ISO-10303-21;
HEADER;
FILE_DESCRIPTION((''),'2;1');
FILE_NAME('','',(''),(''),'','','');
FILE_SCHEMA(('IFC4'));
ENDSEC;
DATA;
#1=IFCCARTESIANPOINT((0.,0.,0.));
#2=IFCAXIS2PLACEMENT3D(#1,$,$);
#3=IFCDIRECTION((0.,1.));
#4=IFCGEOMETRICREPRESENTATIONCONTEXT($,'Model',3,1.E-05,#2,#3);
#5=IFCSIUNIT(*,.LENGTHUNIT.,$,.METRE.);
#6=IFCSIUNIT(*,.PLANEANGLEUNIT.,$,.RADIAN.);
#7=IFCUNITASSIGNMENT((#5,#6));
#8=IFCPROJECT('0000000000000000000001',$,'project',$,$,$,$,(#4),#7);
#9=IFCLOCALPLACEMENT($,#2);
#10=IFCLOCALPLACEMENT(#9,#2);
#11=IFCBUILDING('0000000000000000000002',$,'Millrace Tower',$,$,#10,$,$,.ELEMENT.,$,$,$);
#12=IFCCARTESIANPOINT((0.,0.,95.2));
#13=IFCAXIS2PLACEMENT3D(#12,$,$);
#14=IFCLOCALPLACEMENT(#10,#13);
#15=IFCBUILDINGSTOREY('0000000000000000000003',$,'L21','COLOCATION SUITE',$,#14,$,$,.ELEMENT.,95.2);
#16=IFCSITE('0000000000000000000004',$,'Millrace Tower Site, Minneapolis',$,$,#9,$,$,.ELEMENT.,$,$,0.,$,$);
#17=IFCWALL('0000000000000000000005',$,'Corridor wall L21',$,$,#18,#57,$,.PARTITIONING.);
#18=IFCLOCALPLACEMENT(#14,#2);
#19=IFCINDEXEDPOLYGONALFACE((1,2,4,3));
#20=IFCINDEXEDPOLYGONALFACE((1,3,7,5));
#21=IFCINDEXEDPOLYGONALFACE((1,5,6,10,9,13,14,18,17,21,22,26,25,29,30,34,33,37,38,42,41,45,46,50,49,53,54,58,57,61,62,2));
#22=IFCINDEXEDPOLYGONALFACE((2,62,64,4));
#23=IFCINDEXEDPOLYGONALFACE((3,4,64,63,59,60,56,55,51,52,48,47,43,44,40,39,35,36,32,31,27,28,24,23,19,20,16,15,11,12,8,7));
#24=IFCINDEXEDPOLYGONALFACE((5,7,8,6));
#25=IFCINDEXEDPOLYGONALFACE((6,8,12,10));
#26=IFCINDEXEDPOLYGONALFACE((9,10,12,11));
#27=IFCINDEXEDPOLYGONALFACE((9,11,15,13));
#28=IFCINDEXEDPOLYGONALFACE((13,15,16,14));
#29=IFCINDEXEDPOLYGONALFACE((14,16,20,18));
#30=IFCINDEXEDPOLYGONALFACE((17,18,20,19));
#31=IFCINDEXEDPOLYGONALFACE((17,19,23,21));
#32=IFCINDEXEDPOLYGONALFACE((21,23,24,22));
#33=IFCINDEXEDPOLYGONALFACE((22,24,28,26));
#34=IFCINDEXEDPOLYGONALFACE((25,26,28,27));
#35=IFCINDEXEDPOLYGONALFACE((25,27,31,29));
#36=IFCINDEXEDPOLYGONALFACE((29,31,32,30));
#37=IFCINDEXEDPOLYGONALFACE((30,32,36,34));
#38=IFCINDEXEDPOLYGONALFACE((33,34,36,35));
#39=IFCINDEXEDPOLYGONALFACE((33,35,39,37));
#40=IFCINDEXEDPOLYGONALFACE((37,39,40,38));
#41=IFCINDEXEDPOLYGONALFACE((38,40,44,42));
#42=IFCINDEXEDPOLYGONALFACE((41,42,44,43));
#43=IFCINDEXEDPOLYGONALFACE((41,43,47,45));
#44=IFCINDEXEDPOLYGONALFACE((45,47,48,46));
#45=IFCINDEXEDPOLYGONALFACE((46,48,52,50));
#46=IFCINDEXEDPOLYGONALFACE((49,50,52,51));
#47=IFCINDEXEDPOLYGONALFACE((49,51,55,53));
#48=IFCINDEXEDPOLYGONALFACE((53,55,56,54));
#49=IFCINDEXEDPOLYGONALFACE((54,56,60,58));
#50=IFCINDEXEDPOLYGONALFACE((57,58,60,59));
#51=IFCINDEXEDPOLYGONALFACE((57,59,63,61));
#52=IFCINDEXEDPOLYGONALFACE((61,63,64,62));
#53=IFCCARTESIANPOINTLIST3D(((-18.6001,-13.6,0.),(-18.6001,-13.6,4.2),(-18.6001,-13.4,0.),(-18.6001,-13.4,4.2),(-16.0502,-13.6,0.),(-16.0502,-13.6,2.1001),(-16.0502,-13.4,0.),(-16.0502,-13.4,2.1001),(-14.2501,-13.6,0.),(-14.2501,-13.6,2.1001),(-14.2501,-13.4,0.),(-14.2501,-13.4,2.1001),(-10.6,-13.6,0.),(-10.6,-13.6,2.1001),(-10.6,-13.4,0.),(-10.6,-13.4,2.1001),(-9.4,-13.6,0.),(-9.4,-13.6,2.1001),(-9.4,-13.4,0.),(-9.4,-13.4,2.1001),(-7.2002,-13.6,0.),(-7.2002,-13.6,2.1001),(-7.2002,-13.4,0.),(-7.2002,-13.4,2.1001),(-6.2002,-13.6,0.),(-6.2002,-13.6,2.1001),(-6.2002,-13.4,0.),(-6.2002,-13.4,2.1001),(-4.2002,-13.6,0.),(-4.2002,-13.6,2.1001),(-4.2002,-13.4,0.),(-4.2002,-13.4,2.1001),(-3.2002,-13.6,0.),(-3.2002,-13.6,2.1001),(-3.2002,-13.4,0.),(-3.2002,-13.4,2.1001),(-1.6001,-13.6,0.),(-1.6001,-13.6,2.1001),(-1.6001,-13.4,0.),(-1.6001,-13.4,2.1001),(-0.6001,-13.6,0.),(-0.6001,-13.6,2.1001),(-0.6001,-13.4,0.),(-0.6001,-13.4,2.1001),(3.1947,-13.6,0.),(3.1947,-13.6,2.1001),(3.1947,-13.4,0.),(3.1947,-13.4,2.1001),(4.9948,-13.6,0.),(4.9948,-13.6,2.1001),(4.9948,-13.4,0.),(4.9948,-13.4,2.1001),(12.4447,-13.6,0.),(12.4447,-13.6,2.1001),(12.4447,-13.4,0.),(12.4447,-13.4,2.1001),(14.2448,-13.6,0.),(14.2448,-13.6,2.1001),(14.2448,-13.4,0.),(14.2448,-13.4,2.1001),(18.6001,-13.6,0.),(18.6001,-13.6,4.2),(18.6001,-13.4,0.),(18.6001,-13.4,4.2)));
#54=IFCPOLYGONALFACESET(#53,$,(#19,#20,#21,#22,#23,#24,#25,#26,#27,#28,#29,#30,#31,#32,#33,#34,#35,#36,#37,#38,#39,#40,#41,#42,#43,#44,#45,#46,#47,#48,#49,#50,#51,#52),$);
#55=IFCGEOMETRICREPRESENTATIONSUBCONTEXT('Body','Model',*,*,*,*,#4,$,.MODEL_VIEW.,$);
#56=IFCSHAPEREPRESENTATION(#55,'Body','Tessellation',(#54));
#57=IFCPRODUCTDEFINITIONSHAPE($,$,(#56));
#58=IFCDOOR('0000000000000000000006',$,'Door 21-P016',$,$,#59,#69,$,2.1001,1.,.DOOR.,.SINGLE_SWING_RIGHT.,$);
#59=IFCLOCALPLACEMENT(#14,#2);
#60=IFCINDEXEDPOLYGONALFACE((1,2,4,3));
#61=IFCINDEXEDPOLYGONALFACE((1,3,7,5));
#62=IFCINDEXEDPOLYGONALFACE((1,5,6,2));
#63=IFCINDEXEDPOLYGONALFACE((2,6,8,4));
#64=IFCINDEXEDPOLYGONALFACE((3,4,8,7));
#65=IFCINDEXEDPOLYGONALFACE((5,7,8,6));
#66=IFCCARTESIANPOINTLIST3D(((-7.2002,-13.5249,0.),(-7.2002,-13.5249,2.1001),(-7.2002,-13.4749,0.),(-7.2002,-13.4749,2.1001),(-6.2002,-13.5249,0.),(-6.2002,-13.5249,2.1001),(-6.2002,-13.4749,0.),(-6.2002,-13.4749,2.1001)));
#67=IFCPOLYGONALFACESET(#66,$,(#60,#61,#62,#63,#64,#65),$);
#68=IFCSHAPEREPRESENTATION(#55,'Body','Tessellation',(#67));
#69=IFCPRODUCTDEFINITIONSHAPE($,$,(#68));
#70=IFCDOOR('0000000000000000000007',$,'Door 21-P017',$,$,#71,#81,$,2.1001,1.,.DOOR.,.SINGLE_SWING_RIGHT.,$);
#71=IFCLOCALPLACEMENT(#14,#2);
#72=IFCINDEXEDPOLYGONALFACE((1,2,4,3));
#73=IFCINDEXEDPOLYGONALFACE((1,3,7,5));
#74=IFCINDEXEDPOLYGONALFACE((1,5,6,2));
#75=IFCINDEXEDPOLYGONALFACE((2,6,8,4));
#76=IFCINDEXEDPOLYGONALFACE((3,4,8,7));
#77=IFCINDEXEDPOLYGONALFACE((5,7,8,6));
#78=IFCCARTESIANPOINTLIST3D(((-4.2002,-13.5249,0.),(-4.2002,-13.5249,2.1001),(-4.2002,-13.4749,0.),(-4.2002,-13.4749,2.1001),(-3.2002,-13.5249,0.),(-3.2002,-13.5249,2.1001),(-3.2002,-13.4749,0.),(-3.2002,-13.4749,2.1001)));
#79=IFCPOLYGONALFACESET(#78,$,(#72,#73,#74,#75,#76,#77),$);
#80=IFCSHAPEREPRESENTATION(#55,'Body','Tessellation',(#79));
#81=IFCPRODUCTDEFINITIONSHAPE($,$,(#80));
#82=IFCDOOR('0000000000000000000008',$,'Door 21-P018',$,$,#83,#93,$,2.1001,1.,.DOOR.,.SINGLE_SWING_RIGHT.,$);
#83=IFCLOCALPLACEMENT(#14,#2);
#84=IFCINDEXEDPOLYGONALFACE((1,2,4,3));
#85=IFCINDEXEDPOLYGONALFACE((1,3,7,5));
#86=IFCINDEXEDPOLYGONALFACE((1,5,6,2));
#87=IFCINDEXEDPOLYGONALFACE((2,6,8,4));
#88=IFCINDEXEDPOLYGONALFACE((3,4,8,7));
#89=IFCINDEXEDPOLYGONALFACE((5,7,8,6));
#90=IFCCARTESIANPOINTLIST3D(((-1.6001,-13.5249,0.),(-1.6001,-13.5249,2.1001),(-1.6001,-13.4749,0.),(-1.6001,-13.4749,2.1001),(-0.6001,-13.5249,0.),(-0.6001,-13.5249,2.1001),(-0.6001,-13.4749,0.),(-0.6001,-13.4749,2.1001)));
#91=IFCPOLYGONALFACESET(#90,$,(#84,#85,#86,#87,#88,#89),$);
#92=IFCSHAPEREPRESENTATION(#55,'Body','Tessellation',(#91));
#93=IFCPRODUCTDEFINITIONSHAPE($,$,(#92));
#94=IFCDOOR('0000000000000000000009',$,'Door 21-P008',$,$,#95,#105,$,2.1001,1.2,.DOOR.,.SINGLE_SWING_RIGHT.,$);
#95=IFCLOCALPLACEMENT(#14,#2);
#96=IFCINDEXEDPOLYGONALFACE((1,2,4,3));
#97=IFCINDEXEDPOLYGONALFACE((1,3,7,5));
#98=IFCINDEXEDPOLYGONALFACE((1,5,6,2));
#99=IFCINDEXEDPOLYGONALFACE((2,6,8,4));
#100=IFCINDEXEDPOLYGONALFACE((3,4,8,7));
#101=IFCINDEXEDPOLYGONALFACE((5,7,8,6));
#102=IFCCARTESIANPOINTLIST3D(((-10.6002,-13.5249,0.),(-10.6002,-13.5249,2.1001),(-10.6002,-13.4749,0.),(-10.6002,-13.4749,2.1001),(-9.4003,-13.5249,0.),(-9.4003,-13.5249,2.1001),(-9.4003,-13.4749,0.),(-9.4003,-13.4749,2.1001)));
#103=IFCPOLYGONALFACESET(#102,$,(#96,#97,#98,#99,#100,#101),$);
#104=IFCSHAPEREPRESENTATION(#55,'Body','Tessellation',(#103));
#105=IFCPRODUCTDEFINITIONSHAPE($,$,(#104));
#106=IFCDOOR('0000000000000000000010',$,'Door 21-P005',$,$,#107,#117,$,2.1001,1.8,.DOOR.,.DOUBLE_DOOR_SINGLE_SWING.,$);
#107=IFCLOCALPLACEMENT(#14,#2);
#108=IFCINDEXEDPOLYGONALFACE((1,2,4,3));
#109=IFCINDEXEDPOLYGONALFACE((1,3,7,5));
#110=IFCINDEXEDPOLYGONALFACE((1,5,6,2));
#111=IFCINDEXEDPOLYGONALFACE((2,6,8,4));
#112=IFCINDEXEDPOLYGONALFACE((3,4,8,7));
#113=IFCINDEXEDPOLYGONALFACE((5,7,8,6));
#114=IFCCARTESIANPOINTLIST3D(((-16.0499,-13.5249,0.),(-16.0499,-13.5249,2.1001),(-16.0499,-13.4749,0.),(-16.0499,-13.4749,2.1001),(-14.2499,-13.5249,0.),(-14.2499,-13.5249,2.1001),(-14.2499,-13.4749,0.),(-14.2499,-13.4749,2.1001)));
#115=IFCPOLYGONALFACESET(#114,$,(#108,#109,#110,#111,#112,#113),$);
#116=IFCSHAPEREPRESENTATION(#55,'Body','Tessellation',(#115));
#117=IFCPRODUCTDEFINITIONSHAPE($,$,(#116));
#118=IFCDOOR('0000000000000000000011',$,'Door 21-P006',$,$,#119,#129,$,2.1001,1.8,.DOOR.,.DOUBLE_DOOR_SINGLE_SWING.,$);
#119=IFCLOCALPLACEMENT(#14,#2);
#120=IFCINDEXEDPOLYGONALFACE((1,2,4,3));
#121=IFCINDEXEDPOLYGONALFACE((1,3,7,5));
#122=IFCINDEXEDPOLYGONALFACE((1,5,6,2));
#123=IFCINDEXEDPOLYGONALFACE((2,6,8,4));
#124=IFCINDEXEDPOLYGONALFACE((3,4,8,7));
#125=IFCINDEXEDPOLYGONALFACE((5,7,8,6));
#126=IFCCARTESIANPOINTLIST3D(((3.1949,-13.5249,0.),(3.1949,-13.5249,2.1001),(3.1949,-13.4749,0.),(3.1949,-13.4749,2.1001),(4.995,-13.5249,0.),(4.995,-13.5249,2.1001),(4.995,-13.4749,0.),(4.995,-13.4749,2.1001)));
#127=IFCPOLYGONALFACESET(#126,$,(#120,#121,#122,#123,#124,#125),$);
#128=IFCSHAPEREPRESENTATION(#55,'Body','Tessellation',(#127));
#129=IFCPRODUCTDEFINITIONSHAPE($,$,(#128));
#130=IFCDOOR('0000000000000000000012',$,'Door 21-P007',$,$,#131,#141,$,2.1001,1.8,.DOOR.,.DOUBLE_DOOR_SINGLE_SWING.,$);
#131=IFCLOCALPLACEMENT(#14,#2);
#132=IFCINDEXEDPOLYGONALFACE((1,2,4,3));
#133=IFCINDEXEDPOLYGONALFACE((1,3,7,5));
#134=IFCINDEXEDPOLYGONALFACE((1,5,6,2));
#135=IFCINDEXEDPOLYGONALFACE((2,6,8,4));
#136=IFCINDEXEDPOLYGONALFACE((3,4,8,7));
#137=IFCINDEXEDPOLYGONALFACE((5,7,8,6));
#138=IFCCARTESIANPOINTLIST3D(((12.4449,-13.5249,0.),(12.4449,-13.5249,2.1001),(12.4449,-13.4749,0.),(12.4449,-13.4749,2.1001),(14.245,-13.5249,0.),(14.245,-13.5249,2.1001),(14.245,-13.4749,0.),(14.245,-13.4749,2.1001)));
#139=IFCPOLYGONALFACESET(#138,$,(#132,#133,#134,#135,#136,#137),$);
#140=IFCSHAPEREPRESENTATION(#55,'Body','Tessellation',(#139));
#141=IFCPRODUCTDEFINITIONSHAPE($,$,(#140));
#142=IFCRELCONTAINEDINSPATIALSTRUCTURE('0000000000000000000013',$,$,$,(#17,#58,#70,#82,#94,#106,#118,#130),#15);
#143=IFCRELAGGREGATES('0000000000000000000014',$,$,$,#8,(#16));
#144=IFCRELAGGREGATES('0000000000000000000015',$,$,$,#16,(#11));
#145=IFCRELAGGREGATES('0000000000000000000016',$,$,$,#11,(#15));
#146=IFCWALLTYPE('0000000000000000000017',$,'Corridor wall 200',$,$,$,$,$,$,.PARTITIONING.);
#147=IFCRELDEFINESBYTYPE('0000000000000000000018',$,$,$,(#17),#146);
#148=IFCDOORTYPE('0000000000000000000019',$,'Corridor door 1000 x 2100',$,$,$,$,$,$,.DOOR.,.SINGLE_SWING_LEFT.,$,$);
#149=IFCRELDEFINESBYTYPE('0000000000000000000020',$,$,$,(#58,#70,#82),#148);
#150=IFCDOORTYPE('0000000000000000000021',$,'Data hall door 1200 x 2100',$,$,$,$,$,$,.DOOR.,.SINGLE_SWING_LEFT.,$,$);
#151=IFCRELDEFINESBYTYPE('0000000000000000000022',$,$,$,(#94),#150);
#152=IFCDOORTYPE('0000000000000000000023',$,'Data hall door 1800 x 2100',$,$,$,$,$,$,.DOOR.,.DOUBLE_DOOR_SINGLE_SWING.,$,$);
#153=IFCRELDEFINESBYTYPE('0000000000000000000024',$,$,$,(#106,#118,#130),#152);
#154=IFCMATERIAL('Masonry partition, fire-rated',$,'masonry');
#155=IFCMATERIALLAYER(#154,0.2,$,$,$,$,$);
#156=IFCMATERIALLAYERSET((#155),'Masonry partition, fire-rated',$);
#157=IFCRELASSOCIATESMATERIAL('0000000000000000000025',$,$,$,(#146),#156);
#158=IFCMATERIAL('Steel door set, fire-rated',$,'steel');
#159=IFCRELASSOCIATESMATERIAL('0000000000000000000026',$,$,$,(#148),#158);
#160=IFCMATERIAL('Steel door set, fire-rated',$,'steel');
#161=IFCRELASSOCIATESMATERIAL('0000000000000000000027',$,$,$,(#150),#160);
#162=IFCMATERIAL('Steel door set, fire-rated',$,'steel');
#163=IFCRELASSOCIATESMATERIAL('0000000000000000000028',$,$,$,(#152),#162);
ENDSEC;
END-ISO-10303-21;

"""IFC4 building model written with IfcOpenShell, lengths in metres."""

from ifc_helpers import new_model, si_unit, direction, frame, frame_2d, origin, place, context, subcontext, project, spatial, rectangle, extrude, material, layer, layer_set, type_object, element, fill, save


model = new_model("IFC4")

# Units and contexts
model_context = context("Model", 3, precision=1e-05, world=origin(), true_north=direction((0.0, 1.0)))
body_context = subcontext(model_context, "Body", "Model", "MODEL_VIEW")
ifc_project = project(units=[si_unit("LENGTHUNIT", "METRE"), si_unit("PLANEANGLEUNIT", "RADIAN")], contexts=[model_context])

# Site, building, storey
site_placement = place(None, origin())
site = spatial("IfcSite", under=ifc_project, at=site_placement, Name="Millrace Tower Site, Minneapolis", CompositionType="ELEMENT", RefElevation=0.0)
building_placement = place(site_placement, origin())
building = spatial("IfcBuilding", under=site, at=building_placement, Name="Millrace Tower", CompositionType="ELEMENT")
storey_placement = place(building_placement, frame((0.0, 0.0, 95.2)))
storey = spatial("IfcBuildingStorey", under=building, at=storey_placement, Name="L21", Description="COLOCATION SUITE", CompositionType="ELEMENT", Elevation=95.2)

# Wall, openings, doors
ifc_material_1 = material(Name="Masonry partition, fire-rated", Category="masonry")
ifc_layer_1 = layer(ifc_material_1, 0.2)
ifc_layer_set_1 = layer_set([ifc_layer_1], Name="Masonry partition, fire-rated")
wall_type = type_object("IfcWallType", Name="Corridor wall 200", PredefinedType="PARTITIONING", material=ifc_layer_set_1)
wall_placement = place(storey_placement, frame((-18.6001, -13.5, 0.0), z_axis=(0.0, 0.0, 1.0), x_axis=(1.0, 0.0, 0.0)))
wall = element("IfcWall", 1, at=wall_placement, inside=storey, type_object=wall_type, Name="Corridor wall L21", PredefinedType="PARTITIONING", context=body_context, shape_type="SweptSolid", body=[
    extrude(rectangle(XDim=37.2002, YDim=0.2, at=frame_2d((18.6001, 0.0))), origin(), (0.0, 0.0, 1.0), 4.2),
])
opening_1_placement = place(wall_placement, frame((2.55, 0.0, 0.0)))
opening_1 = element("IfcOpeningElement", 2, at=opening_1_placement, cuts=wall, PredefinedType="OPENING", context=body_context, shape_type="SweptSolid", body=[
    extrude(rectangle(XDim=1.8, YDim=2.1001, at=frame_2d((0.8999, 1.05))), frame((0.0, 0.1099, 0.0), z_axis=(0.0, -1.0, 0.0), x_axis=(1.0, 0.0, 0.0)), (0.0, 0.0, 1.0), 0.22),
])
opening_2_placement = place(wall_placement, frame((21.7949, 0.0, 0.0)))
opening_2 = element("IfcOpeningElement", 3, at=opening_2_placement, cuts=wall, PredefinedType="OPENING", context=body_context, shape_type="SweptSolid", body=[
    extrude(rectangle(XDim=1.8, YDim=2.1001, at=frame_2d((0.8999, 1.05))), frame((0.0, 0.1099, 0.0), z_axis=(0.0, -1.0, 0.0), x_axis=(1.0, 0.0, 0.0)), (0.0, 0.0, 1.0), 0.22),
])
opening_3_placement = place(wall_placement, frame((31.0449, 0.0, 0.0)))
opening_3 = element("IfcOpeningElement", 4, at=opening_3_placement, cuts=wall, PredefinedType="OPENING", context=body_context, shape_type="SweptSolid", body=[
    extrude(rectangle(XDim=1.8, YDim=2.1001, at=frame_2d((0.8999, 1.05))), frame((0.0, 0.1099, 0.0), z_axis=(0.0, -1.0, 0.0), x_axis=(1.0, 0.0, 0.0)), (0.0, 0.0, 1.0), 0.22),
])
opening_4_placement = place(wall_placement, frame((8.0, 0.0, 0.0)))
opening_4 = element("IfcOpeningElement", 5, at=opening_4_placement, cuts=wall, PredefinedType="OPENING", context=body_context, shape_type="SweptSolid", body=[
    extrude(rectangle(XDim=1.2, YDim=2.1001, at=frame_2d((0.6001, 1.05))), frame((0.0, 0.1099, 0.0), z_axis=(0.0, -1.0, 0.0), x_axis=(1.0, 0.0, 0.0)), (0.0, 0.0, 1.0), 0.22),
])
opening_5_placement = place(wall_placement, frame((11.3999, 0.0, 0.0)))
opening_5 = element("IfcOpeningElement", 6, at=opening_5_placement, cuts=wall, PredefinedType="OPENING", context=body_context, shape_type="SweptSolid", body=[
    extrude(rectangle(XDim=1.0, YDim=2.1001, at=frame_2d((0.5, 1.05))), frame((0.0, 0.1099, 0.0), z_axis=(0.0, -1.0, 0.0), x_axis=(1.0, 0.0, 0.0)), (0.0, 0.0, 1.0), 0.22),
])
opening_6_placement = place(wall_placement, frame((14.3999, 0.0, 0.0)))
opening_6 = element("IfcOpeningElement", 7, at=opening_6_placement, cuts=wall, PredefinedType="OPENING", context=body_context, shape_type="SweptSolid", body=[
    extrude(rectangle(XDim=1.0, YDim=2.1001, at=frame_2d((0.5, 1.05))), frame((0.0, 0.1099, 0.0), z_axis=(0.0, -1.0, 0.0), x_axis=(1.0, 0.0, 0.0)), (0.0, 0.0, 1.0), 0.22),
])
opening_7_placement = place(wall_placement, frame((17.0, 0.0, 0.0)))
opening_7 = element("IfcOpeningElement", 8, at=opening_7_placement, cuts=wall, PredefinedType="OPENING", context=body_context, shape_type="SweptSolid", body=[
    extrude(rectangle(XDim=1.0, YDim=2.1001, at=frame_2d((0.5, 1.05))), frame((0.0, 0.1099, 0.0), z_axis=(0.0, -1.0, 0.0), x_axis=(1.0, 0.0, 0.0)), (0.0, 0.0, 1.0), 0.22),
])
ifc_material_2 = material(Name="Steel door set, fire-rated", Category="steel")
door_type_1 = type_object("IfcDoorType", Name="Corridor door 1000 x 2100", OperationType="SINGLE_SWING_LEFT", PredefinedType="DOOR", material=ifc_material_2)
door_1_placement = place(opening_5_placement, frame((1.0, 0.0, 0.0), z_axis=(0.0, 0.0, 1.0), x_axis=(-1.0, 0.0, 0.0)))
door_1 = element("IfcDoor", 9, at=door_1_placement, inside=storey, type_object=door_type_1, Name="Door 21-P016", OperationType="SINGLE_SWING_RIGHT", OverallHeight=2.1001, OverallWidth=1.0, PredefinedType="DOOR", context=body_context, shape_type="SweptSolid", body=[
    extrude(rectangle(XDim=1.0, YDim=2.1001, at=frame_2d((0.5, 1.05))), frame((0.0, 0.0249, 0.0), z_axis=(0.0, -1.0, 0.0), x_axis=(1.0, 0.0, 0.0)), (0.0, 0.0, 1.0), 0.05),
])
fill(opening_5, door_1)
door_2_placement = place(opening_6_placement, frame((1.0, 0.0, 0.0), z_axis=(0.0, 0.0, 1.0), x_axis=(-1.0, 0.0, 0.0)))
door_2 = element("IfcDoor", 10, at=door_2_placement, inside=storey, type_object=door_type_1, Name="Door 21-P017", OperationType="SINGLE_SWING_RIGHT", OverallHeight=2.1001, OverallWidth=1.0, PredefinedType="DOOR", context=body_context, shape_type="SweptSolid", body=[
    extrude(rectangle(XDim=1.0, YDim=2.1001, at=frame_2d((0.5, 1.05))), frame((0.0, 0.0249, 0.0), z_axis=(0.0, -1.0, 0.0), x_axis=(1.0, 0.0, 0.0)), (0.0, 0.0, 1.0), 0.05),
])
fill(opening_6, door_2)
door_3_placement = place(opening_7_placement, frame((1.0, 0.0, 0.0), z_axis=(0.0, 0.0, 1.0), x_axis=(-1.0, 0.0, 0.0)))
door_3 = element("IfcDoor", 11, at=door_3_placement, inside=storey, type_object=door_type_1, Name="Door 21-P018", OperationType="SINGLE_SWING_RIGHT", OverallHeight=2.1001, OverallWidth=1.0, PredefinedType="DOOR", context=body_context, shape_type="SweptSolid", body=[
    extrude(rectangle(XDim=1.0, YDim=2.1001, at=frame_2d((0.5, 1.05))), frame((0.0, 0.0249, 0.0), z_axis=(0.0, -1.0, 0.0), x_axis=(1.0, 0.0, 0.0)), (0.0, 0.0, 1.0), 0.05),
])
fill(opening_7, door_3)
ifc_material_3 = material(Name="Steel door set, fire-rated", Category="steel")
door_type_2 = type_object("IfcDoorType", Name="Data hall door 1200 x 2100", OperationType="SINGLE_SWING_LEFT", PredefinedType="DOOR", material=ifc_material_3)
door_4_placement = place(opening_4_placement, frame((1.2, 0.0, 0.0), z_axis=(0.0, 0.0, 1.0), x_axis=(-1.0, 0.0, 0.0)))
door_4 = element("IfcDoor", 12, at=door_4_placement, inside=storey, type_object=door_type_2, Name="Door 21-P008", OperationType="SINGLE_SWING_RIGHT", OverallHeight=2.1001, OverallWidth=1.2, PredefinedType="DOOR", context=body_context, shape_type="SweptSolid", body=[
    extrude(rectangle(XDim=1.2, YDim=2.1001, at=frame_2d((0.6001, 1.05))), frame((0.0, 0.0249, 0.0), z_axis=(0.0, -1.0, 0.0), x_axis=(1.0, 0.0, 0.0)), (0.0, 0.0, 1.0), 0.05),
])
fill(opening_4, door_4)
ifc_material_4 = material(Name="Steel door set, fire-rated", Category="steel")
door_type_3 = type_object("IfcDoorType", Name="Data hall door 1800 x 2100", OperationType="DOUBLE_DOOR_SINGLE_SWING", PredefinedType="DOOR", material=ifc_material_4)
door_5_placement = place(opening_1_placement, frame((1.8, 0.0, 0.0), z_axis=(0.0, 0.0, 1.0), x_axis=(-1.0, 0.0, 0.0)))
door_5 = element("IfcDoor", 13, at=door_5_placement, inside=storey, type_object=door_type_3, Name="Door 21-P005", OperationType="DOUBLE_DOOR_SINGLE_SWING", OverallHeight=2.1001, OverallWidth=1.8, PredefinedType="DOOR", context=body_context, shape_type="SweptSolid", body=[
    extrude(rectangle(XDim=1.8, YDim=2.1001, at=frame_2d((0.8999, 1.05))), frame((0.0, 0.0249, 0.0), z_axis=(0.0, -1.0, 0.0), x_axis=(1.0, 0.0, 0.0)), (0.0, 0.0, 1.0), 0.05),
])
fill(opening_1, door_5)
door_6_placement = place(opening_2_placement, frame((1.8, 0.0, 0.0), z_axis=(0.0, 0.0, 1.0), x_axis=(-1.0, 0.0, 0.0)))
door_6 = element("IfcDoor", 14, at=door_6_placement, inside=storey, type_object=door_type_3, Name="Door 21-P006", OperationType="DOUBLE_DOOR_SINGLE_SWING", OverallHeight=2.1001, OverallWidth=1.8, PredefinedType="DOOR", context=body_context, shape_type="SweptSolid", body=[
    extrude(rectangle(XDim=1.8, YDim=2.1001, at=frame_2d((0.8999, 1.05))), frame((0.0, 0.0249, 0.0), z_axis=(0.0, -1.0, 0.0), x_axis=(1.0, 0.0, 0.0)), (0.0, 0.0, 1.0), 0.05),
])
fill(opening_2, door_6)
door_7_placement = place(opening_3_placement, frame((1.8, 0.0, 0.0), z_axis=(0.0, 0.0, 1.0), x_axis=(-1.0, 0.0, 0.0)))
door_7 = element("IfcDoor", 15, at=door_7_placement, inside=storey, type_object=door_type_3, Name="Door 21-P007", OperationType="DOUBLE_DOOR_SINGLE_SWING", OverallHeight=2.1001, OverallWidth=1.8, PredefinedType="DOOR", context=body_context, shape_type="SweptSolid", body=[
    extrude(rectangle(XDim=1.8, YDim=2.1001, at=frame_2d((0.8999, 1.05))), frame((0.0, 0.0249, 0.0), z_axis=(0.0, -1.0, 0.0), x_axis=(1.0, 0.0, 0.0)), (0.0, 0.0, 1.0), 0.05),
])
fill(opening_3, door_7)

save(model, "model.ifc")
